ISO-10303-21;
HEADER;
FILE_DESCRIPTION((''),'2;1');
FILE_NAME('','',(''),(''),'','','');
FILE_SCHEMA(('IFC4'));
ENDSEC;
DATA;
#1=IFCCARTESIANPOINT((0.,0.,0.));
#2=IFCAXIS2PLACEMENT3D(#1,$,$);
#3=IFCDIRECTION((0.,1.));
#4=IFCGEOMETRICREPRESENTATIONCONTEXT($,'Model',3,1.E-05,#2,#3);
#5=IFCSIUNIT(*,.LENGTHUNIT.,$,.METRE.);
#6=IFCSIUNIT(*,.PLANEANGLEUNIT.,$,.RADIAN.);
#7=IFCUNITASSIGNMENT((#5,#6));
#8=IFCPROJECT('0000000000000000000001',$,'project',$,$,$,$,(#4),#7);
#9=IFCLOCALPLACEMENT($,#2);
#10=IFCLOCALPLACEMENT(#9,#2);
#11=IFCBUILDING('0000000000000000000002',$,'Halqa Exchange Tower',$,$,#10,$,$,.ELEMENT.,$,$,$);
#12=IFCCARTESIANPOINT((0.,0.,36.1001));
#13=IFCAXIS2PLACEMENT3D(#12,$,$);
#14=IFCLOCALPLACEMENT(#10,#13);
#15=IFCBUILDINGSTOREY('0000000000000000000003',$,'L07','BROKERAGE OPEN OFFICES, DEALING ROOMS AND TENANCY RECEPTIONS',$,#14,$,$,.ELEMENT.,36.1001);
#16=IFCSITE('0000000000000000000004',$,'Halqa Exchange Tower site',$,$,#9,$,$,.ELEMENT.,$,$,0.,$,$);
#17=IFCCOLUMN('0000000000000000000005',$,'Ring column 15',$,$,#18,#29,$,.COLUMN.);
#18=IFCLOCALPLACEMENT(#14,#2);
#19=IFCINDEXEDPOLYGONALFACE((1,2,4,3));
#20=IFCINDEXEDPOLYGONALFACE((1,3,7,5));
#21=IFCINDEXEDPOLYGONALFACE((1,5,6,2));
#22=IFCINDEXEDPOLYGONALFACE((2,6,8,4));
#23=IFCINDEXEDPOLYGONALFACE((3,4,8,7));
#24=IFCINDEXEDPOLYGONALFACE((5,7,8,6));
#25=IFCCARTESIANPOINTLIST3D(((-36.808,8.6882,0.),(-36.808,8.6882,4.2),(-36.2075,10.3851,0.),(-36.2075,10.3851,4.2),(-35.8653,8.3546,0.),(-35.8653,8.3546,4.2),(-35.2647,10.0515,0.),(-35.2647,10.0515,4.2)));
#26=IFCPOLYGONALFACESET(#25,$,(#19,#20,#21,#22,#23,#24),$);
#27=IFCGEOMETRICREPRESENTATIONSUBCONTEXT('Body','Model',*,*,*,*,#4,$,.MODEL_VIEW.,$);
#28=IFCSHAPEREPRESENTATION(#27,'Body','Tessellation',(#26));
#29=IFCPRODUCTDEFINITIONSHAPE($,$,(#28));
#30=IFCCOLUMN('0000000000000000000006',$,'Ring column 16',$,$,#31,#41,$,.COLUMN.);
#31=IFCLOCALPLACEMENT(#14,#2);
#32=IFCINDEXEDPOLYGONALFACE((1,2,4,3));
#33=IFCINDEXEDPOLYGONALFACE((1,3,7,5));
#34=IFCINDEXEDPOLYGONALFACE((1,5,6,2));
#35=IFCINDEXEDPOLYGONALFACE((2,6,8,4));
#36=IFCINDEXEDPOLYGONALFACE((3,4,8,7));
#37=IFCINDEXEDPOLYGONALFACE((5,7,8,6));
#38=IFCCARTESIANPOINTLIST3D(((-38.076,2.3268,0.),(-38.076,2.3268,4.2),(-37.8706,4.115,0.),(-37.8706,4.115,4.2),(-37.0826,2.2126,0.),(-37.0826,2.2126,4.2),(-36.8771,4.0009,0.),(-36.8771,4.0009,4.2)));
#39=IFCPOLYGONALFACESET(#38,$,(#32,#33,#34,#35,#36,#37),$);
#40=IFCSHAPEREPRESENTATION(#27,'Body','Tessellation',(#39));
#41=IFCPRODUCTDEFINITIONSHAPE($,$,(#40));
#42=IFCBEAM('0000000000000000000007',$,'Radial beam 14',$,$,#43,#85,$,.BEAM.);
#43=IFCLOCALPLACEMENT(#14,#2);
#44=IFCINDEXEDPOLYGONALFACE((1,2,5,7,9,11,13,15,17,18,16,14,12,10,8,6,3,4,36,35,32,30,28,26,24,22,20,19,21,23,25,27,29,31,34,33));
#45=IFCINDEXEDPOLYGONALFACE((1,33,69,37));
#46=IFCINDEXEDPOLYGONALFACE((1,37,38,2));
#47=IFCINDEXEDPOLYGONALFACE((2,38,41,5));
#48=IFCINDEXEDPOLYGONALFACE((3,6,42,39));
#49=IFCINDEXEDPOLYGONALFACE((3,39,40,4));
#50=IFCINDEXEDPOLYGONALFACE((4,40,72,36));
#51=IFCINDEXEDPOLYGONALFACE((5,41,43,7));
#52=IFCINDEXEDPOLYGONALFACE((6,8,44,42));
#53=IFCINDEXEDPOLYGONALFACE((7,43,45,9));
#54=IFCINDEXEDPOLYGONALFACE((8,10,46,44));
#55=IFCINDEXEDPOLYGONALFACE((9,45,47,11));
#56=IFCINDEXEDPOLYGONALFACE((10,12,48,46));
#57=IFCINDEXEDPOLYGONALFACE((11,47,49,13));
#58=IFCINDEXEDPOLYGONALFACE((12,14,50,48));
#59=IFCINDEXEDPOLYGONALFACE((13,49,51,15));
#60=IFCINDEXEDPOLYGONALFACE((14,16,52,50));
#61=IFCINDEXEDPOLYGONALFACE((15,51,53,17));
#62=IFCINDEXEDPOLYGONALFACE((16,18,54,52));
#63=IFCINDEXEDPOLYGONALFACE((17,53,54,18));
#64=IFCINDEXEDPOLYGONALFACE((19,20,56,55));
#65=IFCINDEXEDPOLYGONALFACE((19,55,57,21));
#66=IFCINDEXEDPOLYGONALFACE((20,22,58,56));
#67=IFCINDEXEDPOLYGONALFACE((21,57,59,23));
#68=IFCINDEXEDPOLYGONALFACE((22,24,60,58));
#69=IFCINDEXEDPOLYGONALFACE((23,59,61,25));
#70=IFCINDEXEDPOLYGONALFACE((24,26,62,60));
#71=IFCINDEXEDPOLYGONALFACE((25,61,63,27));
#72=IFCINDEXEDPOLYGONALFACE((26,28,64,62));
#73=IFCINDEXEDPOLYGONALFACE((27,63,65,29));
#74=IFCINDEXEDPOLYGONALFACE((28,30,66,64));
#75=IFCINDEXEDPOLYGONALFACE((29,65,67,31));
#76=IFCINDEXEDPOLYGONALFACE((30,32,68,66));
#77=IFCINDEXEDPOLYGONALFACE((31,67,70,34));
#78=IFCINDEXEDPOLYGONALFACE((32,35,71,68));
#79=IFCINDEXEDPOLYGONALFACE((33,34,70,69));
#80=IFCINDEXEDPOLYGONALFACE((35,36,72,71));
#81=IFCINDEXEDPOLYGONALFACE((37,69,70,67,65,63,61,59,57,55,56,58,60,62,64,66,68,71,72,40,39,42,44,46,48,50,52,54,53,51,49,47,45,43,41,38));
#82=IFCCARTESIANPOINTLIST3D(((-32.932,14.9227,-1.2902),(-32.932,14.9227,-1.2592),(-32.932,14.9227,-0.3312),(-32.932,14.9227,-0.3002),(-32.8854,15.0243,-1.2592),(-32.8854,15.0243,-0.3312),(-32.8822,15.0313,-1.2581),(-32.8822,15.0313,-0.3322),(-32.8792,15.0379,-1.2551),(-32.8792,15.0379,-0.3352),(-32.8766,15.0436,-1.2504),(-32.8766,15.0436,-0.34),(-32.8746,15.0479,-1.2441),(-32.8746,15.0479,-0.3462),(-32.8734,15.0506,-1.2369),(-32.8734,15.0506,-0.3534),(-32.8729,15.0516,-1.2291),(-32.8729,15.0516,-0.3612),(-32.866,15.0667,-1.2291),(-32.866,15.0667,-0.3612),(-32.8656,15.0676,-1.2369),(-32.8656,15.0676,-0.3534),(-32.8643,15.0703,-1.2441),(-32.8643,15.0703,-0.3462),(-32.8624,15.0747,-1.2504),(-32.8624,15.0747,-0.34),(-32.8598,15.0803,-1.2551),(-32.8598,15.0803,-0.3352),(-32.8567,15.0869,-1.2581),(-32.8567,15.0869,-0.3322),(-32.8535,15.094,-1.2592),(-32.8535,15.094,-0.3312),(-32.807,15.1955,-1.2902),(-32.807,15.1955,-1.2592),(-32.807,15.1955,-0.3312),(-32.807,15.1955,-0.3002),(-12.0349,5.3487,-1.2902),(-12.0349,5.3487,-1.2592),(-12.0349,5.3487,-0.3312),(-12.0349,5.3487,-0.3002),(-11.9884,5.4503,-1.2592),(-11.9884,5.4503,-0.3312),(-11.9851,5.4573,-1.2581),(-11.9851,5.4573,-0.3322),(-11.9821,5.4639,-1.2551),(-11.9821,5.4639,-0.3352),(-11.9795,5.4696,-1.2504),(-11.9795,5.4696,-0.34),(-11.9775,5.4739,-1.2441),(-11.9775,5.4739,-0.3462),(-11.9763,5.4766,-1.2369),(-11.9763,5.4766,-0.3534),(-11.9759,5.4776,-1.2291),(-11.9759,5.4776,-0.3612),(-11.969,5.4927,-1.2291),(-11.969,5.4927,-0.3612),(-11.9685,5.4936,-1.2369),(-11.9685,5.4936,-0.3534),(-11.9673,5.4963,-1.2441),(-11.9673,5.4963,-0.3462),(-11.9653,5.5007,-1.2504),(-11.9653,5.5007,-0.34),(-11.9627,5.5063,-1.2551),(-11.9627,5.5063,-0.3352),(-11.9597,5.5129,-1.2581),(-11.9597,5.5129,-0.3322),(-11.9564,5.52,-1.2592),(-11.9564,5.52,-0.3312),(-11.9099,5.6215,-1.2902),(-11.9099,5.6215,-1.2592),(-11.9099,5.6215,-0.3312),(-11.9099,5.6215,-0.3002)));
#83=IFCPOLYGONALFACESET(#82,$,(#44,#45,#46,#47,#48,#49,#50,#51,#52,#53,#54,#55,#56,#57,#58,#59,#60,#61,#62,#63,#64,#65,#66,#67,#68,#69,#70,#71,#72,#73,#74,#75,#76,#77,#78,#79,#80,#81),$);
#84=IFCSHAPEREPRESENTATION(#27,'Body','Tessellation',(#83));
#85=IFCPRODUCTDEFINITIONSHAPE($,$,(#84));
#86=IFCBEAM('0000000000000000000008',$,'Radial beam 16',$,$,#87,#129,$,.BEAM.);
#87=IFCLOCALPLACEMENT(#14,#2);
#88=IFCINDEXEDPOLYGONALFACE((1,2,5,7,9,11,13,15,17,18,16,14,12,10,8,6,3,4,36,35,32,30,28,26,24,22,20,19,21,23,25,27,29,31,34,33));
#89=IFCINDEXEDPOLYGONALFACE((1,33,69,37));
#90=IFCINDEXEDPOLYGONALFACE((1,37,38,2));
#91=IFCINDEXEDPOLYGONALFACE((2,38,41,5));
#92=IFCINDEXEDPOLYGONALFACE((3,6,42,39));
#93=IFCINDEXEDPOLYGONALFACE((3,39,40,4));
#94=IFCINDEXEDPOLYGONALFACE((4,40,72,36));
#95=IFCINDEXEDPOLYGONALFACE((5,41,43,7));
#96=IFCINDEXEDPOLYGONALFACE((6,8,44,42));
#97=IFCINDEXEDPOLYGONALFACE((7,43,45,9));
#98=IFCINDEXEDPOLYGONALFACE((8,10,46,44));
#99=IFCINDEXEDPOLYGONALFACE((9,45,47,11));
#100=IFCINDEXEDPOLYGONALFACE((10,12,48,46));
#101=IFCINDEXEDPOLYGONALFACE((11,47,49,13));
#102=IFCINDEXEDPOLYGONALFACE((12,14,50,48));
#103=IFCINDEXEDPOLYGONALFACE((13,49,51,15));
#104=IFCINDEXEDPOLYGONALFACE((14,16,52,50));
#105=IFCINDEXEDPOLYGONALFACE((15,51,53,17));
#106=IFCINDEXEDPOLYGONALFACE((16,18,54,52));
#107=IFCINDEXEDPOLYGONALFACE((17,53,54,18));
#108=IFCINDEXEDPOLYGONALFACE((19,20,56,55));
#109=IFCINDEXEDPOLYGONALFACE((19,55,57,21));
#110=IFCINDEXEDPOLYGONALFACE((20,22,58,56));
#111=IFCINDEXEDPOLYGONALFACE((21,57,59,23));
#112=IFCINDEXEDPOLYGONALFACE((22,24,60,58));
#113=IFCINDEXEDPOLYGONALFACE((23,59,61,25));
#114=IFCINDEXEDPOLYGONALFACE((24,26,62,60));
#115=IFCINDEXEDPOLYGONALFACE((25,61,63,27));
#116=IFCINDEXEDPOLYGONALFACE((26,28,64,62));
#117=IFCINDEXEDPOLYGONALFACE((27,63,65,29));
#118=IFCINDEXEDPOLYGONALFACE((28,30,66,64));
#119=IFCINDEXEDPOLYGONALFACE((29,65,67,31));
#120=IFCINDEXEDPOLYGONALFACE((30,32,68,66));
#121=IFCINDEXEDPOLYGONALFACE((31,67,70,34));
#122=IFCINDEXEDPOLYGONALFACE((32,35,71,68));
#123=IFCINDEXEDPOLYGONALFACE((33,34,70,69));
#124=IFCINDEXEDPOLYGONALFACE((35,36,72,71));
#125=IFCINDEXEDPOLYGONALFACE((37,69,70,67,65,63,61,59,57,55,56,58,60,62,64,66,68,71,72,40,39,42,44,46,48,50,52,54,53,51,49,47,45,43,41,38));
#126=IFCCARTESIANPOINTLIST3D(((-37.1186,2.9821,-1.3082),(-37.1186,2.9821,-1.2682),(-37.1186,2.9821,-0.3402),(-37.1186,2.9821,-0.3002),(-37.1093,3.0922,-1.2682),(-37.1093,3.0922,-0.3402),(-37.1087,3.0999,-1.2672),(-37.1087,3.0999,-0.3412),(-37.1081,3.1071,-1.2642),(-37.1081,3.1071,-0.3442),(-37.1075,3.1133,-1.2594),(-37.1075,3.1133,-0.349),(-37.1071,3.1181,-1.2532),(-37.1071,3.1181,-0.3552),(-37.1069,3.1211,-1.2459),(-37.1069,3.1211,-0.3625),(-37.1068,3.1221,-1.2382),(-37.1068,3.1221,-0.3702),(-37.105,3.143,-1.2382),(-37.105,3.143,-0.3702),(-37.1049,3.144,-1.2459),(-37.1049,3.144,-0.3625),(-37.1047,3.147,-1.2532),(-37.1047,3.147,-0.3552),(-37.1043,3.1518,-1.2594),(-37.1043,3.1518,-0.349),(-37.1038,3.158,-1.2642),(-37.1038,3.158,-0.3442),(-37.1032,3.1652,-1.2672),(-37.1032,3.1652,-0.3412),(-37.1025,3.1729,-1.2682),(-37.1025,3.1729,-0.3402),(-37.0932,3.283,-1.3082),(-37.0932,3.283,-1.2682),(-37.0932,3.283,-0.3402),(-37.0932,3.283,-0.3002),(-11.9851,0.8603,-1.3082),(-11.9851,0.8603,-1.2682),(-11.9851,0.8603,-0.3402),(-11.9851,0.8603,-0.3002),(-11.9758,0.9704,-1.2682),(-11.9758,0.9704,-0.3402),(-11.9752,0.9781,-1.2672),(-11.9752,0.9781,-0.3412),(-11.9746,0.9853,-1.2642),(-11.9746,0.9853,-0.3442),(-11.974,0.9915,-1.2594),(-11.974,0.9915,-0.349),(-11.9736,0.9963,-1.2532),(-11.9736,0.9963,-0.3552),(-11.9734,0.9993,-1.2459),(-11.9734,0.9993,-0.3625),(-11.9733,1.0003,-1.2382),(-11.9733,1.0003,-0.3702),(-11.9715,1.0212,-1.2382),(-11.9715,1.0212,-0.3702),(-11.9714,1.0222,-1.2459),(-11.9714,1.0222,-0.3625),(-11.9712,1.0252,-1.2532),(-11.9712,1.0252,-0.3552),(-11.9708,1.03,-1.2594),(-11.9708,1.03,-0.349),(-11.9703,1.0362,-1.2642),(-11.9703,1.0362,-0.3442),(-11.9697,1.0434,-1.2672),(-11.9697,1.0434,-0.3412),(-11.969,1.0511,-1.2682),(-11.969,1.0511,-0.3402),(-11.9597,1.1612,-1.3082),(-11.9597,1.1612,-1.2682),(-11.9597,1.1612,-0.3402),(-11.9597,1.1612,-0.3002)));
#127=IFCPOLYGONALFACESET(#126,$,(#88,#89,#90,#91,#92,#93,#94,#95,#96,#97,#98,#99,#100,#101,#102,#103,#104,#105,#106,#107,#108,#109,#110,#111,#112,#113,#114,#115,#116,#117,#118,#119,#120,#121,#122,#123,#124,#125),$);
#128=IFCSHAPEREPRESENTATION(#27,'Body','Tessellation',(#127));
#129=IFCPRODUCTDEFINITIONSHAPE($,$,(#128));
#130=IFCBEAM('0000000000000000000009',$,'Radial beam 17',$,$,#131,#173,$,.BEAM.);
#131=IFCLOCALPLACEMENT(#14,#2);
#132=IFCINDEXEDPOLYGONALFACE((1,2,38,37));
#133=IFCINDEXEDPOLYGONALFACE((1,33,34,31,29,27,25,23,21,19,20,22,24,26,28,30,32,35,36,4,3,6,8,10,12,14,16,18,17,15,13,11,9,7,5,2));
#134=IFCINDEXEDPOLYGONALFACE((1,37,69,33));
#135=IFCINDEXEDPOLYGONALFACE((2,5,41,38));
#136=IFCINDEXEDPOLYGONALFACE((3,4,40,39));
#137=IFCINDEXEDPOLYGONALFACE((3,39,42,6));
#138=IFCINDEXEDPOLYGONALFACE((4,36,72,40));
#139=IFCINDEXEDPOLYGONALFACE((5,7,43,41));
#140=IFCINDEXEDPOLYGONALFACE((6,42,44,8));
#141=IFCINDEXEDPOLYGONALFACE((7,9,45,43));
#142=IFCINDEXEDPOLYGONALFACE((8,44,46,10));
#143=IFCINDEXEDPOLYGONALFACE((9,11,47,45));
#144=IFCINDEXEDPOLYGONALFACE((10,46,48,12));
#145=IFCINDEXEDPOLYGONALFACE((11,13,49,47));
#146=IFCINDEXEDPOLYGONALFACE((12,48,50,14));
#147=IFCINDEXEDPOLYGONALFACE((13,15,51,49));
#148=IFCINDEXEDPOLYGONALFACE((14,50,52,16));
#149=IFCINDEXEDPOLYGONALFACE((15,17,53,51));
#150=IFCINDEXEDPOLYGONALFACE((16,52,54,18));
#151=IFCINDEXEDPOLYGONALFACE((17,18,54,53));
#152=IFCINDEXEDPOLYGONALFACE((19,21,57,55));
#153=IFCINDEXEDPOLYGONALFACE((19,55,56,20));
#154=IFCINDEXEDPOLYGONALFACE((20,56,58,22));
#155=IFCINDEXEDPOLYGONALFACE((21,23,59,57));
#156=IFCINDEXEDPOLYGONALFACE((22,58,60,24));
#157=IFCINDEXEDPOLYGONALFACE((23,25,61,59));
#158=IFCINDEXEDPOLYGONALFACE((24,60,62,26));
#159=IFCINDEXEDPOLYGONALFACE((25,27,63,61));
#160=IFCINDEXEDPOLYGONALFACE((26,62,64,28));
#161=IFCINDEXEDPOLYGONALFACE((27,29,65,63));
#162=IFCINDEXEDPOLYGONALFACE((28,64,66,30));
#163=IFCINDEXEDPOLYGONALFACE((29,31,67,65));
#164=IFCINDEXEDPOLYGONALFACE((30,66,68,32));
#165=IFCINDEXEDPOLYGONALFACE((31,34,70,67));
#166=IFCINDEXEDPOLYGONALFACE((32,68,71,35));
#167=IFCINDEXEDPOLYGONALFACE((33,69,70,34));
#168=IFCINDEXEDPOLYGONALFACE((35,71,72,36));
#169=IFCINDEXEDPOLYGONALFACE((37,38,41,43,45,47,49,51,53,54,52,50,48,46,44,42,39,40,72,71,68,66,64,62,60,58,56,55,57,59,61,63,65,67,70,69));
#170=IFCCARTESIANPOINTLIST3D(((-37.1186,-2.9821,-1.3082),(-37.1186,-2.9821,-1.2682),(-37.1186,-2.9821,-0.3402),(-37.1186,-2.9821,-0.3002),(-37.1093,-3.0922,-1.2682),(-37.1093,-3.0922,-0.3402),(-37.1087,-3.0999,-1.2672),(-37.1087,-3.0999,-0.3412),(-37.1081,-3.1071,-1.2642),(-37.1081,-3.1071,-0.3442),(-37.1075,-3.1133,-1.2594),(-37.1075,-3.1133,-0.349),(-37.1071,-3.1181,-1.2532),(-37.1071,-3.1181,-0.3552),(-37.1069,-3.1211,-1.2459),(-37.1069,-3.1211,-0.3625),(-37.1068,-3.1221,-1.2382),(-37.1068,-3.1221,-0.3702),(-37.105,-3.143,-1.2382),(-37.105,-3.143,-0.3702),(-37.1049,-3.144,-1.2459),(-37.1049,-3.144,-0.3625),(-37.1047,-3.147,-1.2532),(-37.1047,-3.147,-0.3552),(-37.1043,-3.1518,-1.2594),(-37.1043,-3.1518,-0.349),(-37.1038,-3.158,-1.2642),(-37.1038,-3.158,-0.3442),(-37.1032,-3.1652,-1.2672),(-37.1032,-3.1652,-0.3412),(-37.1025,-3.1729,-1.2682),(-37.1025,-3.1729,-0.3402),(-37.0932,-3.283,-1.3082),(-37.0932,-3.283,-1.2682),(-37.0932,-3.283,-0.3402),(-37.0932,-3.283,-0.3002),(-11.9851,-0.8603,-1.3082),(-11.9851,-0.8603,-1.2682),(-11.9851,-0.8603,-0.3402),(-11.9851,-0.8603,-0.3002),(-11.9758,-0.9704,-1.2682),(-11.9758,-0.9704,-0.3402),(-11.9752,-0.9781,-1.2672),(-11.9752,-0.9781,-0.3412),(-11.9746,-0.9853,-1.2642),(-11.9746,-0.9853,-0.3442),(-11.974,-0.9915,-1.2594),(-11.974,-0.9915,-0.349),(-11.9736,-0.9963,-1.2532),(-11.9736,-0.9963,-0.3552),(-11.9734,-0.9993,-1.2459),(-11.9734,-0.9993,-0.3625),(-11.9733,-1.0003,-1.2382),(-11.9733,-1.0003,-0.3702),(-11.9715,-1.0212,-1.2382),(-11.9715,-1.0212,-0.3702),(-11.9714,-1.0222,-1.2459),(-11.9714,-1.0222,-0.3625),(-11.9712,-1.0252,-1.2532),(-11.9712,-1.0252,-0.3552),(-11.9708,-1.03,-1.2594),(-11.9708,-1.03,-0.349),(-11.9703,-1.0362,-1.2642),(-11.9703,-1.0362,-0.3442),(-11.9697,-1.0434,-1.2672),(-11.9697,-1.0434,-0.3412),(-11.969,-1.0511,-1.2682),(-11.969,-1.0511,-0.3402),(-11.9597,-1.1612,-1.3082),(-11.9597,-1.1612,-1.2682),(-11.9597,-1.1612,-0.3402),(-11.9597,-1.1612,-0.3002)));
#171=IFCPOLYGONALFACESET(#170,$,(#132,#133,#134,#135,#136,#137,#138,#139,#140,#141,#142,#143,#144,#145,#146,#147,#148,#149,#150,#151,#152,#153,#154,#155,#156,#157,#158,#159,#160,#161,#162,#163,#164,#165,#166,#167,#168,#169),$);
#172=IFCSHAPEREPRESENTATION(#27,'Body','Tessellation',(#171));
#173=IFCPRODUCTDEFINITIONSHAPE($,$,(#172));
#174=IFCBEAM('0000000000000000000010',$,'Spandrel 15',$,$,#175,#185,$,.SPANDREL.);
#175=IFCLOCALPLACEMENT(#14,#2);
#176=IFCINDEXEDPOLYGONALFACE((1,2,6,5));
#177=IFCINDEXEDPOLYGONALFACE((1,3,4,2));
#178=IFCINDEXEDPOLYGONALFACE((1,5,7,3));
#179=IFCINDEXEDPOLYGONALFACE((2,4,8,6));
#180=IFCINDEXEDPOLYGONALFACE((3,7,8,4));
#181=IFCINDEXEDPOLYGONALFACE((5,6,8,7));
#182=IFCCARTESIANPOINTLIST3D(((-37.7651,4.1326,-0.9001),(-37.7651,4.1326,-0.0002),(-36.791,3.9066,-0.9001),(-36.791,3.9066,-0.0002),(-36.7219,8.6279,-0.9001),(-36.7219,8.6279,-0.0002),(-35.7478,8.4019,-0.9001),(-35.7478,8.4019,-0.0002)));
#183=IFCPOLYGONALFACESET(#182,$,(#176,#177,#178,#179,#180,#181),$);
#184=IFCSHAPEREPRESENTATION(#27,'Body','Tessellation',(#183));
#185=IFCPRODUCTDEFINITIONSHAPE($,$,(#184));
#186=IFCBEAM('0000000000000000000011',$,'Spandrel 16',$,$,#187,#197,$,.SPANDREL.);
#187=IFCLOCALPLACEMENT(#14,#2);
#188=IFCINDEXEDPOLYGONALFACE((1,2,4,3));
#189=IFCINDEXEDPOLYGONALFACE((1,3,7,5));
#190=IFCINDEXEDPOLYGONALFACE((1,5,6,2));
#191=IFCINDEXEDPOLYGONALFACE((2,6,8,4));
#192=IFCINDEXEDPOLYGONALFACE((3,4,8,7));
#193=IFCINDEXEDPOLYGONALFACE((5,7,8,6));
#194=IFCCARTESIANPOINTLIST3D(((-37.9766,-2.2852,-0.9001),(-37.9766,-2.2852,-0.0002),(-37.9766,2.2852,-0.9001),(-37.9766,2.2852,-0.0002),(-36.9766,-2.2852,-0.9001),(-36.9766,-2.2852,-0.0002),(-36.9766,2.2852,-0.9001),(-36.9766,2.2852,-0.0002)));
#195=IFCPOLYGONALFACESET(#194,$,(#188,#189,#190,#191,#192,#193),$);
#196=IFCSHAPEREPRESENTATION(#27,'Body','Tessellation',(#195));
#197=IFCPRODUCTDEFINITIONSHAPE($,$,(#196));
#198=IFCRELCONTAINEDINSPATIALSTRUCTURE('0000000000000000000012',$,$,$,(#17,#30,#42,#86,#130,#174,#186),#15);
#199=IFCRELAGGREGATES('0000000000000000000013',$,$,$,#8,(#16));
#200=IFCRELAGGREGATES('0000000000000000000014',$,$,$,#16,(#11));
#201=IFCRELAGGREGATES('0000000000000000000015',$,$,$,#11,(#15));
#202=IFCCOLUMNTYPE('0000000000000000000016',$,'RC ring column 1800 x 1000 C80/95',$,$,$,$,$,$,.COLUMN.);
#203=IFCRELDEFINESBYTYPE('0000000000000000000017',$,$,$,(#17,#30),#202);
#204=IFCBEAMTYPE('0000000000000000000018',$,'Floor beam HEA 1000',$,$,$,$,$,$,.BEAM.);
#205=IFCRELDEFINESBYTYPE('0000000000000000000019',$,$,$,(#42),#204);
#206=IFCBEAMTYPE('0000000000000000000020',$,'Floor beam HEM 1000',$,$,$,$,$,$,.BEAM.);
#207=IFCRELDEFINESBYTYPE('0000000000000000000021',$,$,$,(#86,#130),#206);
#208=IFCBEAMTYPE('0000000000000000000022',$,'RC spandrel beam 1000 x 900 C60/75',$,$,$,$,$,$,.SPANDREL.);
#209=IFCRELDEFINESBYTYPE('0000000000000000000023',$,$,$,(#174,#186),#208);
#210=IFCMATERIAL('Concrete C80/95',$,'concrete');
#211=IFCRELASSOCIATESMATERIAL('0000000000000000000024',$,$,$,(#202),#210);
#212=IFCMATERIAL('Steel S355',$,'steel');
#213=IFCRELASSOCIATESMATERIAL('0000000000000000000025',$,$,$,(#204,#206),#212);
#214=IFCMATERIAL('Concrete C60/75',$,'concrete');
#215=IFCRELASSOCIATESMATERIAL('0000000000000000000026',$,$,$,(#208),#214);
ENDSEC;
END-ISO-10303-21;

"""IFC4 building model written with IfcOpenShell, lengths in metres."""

from ifc_helpers import new_model, si_unit, direction, frame, origin, origin_2d, place, context, subcontext, project, spatial, rectangle, i_section, extrude, material, material_profile, profile_set, type_object, element, save


model = new_model("IFC4")

# Units and contexts
model_context = context("Model", 3, precision=1e-05, world=origin(), true_north=direction((0.0, 1.0)))
body_context = subcontext(model_context, "Body", "Model", "MODEL_VIEW")
ifc_project = project(units=[si_unit("LENGTHUNIT", "METRE"), si_unit("PLANEANGLEUNIT", "RADIAN")], contexts=[model_context])

# Site, building, storey
site_placement = place(None, origin())
site = spatial("IfcSite", under=ifc_project, at=site_placement, Name="Halqa Exchange Tower site", CompositionType="ELEMENT", RefElevation=0.0)
building_placement = place(site_placement, origin())
building = spatial("IfcBuilding", under=site, at=building_placement, Name="Halqa Exchange Tower", CompositionType="ELEMENT")
storey_placement = place(building_placement, frame((0.0, 0.0, 36.1001)))
storey = spatial("IfcBuildingStorey", under=building, at=storey_placement, Name="L07", Description="BROKERAGE OPEN OFFICES, DEALING ROOMS AND TENANCY RECEPTIONS", CompositionType="ELEMENT", Elevation=36.1001)

# Columns
ifc_material_1 = material(Name="Concrete C80/95", Category="concrete")
ifc_material_profile_1 = material_profile(ifc_material_1, rectangle(XDim=1.8, YDim=1.0, at=origin_2d()), Name="1800 x 1000")
ifc_profile_set_1 = profile_set([ifc_material_profile_1], Name="Concrete C80/95")
column_type = type_object("IfcColumnType", Name="RC ring column 1800 x 1000 C80/95", PredefinedType="COLUMN", material=ifc_profile_set_1)
for number, where, z_axis, x_axis, name in (
    (1, (-36.0364, 9.3699, 0.0), (0.0, 0.0, 1.0), (-0.333631, -0.942704, 0.0), "Ring column 15"),
    (2, (-37.4766, 3.1638, 0.0), (0.0, 0.0, 1.0), (-0.114155, -0.993463, 0.0), "Ring column 16"),
):
    element("IfcColumn", number, at=place(storey_placement, frame(where, z_axis=z_axis, x_axis=x_axis)), inside=storey, type_object=column_type, Name=name, PredefinedType="COLUMN", context=body_context, shape_type="SweptSolid", body=[
        extrude(rectangle(XDim=1.8, YDim=1.0, at=origin_2d()), origin(), (0.0, 0.0, 1.0), 4.2),
    ])

# Beams
ifc_material_2 = material(Name="Steel S355", Category="steel")
ifc_material_profile_2 = material_profile(ifc_material_2, i_section(OverallWidth=0.3, OverallDepth=0.99, WebThickness=0.0166, FlangeThickness=0.031, FilletRadius=0.03, at=origin_2d()), Name="HEA 1000")
ifc_profile_set_2 = profile_set([ifc_material_profile_2], Name="Steel S355")
beam_type_1 = type_object("IfcBeamType", Name="Floor beam HEA 1000", PredefinedType="BEAM", material=ifc_profile_set_2)
beam_1_placement = place(storey_placement, frame((-11.9724, 5.4851, -0.7952), z_axis=(-0.909128, 0.416518, 0.0), x_axis=(-0.416518, -0.909128, 0.0)))
element("IfcBeam", 3, at=beam_1_placement, inside=storey, type_object=beam_type_1, Name="Radial beam 14", PredefinedType="BEAM", context=body_context, shape_type="SweptSolid", body=[
    extrude(i_section(OverallWidth=0.3, OverallDepth=0.99, WebThickness=0.0166, FlangeThickness=0.031, FilletRadius=0.03, at=origin_2d()), origin(), (0.0, 0.0, 1.0), 22.9858),
])
ifc_material_profile_3 = material_profile(ifc_material_2, i_section(OverallWidth=0.302, OverallDepth=1.0081, WebThickness=0.021, FlangeThickness=0.04, FilletRadius=0.03, at=origin_2d()), Name="HEM 1000")
ifc_profile_set_3 = profile_set([ifc_material_profile_3], Name="Steel S355")
beam_type_2 = type_object("IfcBeamType", Name="Floor beam HEM 1000", PredefinedType="BEAM", material=ifc_profile_set_3)
for number, where, z_axis, x_axis, name in (
    (4, (-11.9724, 1.0107, -0.8042), (-0.996455, 0.084123, 0.0), (-0.084123, -0.996455, 0.0), "Radial beam 16"),
    (5, (-11.9724, -1.0107, -0.8042), (-0.996455, -0.084123, 0.0), (0.084123, -0.996455, 0.0), "Radial beam 17"),
):
    element("IfcBeam", number, at=place(storey_placement, frame(where, z_axis=z_axis, x_axis=x_axis)), inside=storey, type_object=beam_type_2, Name=name, PredefinedType="BEAM", context=body_context, shape_type="SweptSolid", body=[
        extrude(i_section(OverallWidth=0.302, OverallDepth=1.0081, WebThickness=0.021, FlangeThickness=0.04, FilletRadius=0.03, at=origin_2d()), origin(), (0.0, 0.0, 1.0), 25.2229),
    ])
ifc_material_3 = material(Name="Concrete C60/75", Category="concrete")
ifc_material_profile_4 = material_profile(ifc_material_3, rectangle(XDim=1.0, YDim=0.8999, at=origin_2d()), Name="1000 x 900")
ifc_profile_set_4 = profile_set([ifc_material_profile_4], Name="Concrete C60/75")
beam_type_3 = type_object("IfcBeamType", Name="RC spandrel beam 1000 x 900 C60/75", PredefinedType="SPANDREL", material=ifc_profile_set_4)
beam_2_placement = place(storey_placement, frame((-36.2349, 8.5149, -0.4502), z_axis=(-0.226057, -0.974114, 0.0), x_axis=(0.974114, -0.226057, 0.0)))
element("IfcBeam", 6, at=beam_2_placement, inside=storey, type_object=beam_type_3, Name="Spandrel 15", PredefinedType="SPANDREL", context=body_context, shape_type="SweptSolid", body=[
    extrude(rectangle(XDim=1.0, YDim=0.8999, at=origin_2d()), origin(), (0.0, 0.0, 1.0), 4.6147),
])
beam_3_placement = place(storey_placement, frame((-37.4766, 2.2852, -0.4502), z_axis=(0.0, -1.0, 0.0), x_axis=(1.0, 0.0, 0.0)))
element("IfcBeam", 7, at=beam_3_placement, inside=storey, type_object=beam_type_3, Name="Spandrel 16", PredefinedType="SPANDREL", context=body_context, shape_type="SweptSolid", body=[
    extrude(rectangle(XDim=1.0, YDim=0.8999, at=origin_2d()), origin(), (0.0, 0.0, 1.0), 4.5703),
])

save(model, "model.ifc")
